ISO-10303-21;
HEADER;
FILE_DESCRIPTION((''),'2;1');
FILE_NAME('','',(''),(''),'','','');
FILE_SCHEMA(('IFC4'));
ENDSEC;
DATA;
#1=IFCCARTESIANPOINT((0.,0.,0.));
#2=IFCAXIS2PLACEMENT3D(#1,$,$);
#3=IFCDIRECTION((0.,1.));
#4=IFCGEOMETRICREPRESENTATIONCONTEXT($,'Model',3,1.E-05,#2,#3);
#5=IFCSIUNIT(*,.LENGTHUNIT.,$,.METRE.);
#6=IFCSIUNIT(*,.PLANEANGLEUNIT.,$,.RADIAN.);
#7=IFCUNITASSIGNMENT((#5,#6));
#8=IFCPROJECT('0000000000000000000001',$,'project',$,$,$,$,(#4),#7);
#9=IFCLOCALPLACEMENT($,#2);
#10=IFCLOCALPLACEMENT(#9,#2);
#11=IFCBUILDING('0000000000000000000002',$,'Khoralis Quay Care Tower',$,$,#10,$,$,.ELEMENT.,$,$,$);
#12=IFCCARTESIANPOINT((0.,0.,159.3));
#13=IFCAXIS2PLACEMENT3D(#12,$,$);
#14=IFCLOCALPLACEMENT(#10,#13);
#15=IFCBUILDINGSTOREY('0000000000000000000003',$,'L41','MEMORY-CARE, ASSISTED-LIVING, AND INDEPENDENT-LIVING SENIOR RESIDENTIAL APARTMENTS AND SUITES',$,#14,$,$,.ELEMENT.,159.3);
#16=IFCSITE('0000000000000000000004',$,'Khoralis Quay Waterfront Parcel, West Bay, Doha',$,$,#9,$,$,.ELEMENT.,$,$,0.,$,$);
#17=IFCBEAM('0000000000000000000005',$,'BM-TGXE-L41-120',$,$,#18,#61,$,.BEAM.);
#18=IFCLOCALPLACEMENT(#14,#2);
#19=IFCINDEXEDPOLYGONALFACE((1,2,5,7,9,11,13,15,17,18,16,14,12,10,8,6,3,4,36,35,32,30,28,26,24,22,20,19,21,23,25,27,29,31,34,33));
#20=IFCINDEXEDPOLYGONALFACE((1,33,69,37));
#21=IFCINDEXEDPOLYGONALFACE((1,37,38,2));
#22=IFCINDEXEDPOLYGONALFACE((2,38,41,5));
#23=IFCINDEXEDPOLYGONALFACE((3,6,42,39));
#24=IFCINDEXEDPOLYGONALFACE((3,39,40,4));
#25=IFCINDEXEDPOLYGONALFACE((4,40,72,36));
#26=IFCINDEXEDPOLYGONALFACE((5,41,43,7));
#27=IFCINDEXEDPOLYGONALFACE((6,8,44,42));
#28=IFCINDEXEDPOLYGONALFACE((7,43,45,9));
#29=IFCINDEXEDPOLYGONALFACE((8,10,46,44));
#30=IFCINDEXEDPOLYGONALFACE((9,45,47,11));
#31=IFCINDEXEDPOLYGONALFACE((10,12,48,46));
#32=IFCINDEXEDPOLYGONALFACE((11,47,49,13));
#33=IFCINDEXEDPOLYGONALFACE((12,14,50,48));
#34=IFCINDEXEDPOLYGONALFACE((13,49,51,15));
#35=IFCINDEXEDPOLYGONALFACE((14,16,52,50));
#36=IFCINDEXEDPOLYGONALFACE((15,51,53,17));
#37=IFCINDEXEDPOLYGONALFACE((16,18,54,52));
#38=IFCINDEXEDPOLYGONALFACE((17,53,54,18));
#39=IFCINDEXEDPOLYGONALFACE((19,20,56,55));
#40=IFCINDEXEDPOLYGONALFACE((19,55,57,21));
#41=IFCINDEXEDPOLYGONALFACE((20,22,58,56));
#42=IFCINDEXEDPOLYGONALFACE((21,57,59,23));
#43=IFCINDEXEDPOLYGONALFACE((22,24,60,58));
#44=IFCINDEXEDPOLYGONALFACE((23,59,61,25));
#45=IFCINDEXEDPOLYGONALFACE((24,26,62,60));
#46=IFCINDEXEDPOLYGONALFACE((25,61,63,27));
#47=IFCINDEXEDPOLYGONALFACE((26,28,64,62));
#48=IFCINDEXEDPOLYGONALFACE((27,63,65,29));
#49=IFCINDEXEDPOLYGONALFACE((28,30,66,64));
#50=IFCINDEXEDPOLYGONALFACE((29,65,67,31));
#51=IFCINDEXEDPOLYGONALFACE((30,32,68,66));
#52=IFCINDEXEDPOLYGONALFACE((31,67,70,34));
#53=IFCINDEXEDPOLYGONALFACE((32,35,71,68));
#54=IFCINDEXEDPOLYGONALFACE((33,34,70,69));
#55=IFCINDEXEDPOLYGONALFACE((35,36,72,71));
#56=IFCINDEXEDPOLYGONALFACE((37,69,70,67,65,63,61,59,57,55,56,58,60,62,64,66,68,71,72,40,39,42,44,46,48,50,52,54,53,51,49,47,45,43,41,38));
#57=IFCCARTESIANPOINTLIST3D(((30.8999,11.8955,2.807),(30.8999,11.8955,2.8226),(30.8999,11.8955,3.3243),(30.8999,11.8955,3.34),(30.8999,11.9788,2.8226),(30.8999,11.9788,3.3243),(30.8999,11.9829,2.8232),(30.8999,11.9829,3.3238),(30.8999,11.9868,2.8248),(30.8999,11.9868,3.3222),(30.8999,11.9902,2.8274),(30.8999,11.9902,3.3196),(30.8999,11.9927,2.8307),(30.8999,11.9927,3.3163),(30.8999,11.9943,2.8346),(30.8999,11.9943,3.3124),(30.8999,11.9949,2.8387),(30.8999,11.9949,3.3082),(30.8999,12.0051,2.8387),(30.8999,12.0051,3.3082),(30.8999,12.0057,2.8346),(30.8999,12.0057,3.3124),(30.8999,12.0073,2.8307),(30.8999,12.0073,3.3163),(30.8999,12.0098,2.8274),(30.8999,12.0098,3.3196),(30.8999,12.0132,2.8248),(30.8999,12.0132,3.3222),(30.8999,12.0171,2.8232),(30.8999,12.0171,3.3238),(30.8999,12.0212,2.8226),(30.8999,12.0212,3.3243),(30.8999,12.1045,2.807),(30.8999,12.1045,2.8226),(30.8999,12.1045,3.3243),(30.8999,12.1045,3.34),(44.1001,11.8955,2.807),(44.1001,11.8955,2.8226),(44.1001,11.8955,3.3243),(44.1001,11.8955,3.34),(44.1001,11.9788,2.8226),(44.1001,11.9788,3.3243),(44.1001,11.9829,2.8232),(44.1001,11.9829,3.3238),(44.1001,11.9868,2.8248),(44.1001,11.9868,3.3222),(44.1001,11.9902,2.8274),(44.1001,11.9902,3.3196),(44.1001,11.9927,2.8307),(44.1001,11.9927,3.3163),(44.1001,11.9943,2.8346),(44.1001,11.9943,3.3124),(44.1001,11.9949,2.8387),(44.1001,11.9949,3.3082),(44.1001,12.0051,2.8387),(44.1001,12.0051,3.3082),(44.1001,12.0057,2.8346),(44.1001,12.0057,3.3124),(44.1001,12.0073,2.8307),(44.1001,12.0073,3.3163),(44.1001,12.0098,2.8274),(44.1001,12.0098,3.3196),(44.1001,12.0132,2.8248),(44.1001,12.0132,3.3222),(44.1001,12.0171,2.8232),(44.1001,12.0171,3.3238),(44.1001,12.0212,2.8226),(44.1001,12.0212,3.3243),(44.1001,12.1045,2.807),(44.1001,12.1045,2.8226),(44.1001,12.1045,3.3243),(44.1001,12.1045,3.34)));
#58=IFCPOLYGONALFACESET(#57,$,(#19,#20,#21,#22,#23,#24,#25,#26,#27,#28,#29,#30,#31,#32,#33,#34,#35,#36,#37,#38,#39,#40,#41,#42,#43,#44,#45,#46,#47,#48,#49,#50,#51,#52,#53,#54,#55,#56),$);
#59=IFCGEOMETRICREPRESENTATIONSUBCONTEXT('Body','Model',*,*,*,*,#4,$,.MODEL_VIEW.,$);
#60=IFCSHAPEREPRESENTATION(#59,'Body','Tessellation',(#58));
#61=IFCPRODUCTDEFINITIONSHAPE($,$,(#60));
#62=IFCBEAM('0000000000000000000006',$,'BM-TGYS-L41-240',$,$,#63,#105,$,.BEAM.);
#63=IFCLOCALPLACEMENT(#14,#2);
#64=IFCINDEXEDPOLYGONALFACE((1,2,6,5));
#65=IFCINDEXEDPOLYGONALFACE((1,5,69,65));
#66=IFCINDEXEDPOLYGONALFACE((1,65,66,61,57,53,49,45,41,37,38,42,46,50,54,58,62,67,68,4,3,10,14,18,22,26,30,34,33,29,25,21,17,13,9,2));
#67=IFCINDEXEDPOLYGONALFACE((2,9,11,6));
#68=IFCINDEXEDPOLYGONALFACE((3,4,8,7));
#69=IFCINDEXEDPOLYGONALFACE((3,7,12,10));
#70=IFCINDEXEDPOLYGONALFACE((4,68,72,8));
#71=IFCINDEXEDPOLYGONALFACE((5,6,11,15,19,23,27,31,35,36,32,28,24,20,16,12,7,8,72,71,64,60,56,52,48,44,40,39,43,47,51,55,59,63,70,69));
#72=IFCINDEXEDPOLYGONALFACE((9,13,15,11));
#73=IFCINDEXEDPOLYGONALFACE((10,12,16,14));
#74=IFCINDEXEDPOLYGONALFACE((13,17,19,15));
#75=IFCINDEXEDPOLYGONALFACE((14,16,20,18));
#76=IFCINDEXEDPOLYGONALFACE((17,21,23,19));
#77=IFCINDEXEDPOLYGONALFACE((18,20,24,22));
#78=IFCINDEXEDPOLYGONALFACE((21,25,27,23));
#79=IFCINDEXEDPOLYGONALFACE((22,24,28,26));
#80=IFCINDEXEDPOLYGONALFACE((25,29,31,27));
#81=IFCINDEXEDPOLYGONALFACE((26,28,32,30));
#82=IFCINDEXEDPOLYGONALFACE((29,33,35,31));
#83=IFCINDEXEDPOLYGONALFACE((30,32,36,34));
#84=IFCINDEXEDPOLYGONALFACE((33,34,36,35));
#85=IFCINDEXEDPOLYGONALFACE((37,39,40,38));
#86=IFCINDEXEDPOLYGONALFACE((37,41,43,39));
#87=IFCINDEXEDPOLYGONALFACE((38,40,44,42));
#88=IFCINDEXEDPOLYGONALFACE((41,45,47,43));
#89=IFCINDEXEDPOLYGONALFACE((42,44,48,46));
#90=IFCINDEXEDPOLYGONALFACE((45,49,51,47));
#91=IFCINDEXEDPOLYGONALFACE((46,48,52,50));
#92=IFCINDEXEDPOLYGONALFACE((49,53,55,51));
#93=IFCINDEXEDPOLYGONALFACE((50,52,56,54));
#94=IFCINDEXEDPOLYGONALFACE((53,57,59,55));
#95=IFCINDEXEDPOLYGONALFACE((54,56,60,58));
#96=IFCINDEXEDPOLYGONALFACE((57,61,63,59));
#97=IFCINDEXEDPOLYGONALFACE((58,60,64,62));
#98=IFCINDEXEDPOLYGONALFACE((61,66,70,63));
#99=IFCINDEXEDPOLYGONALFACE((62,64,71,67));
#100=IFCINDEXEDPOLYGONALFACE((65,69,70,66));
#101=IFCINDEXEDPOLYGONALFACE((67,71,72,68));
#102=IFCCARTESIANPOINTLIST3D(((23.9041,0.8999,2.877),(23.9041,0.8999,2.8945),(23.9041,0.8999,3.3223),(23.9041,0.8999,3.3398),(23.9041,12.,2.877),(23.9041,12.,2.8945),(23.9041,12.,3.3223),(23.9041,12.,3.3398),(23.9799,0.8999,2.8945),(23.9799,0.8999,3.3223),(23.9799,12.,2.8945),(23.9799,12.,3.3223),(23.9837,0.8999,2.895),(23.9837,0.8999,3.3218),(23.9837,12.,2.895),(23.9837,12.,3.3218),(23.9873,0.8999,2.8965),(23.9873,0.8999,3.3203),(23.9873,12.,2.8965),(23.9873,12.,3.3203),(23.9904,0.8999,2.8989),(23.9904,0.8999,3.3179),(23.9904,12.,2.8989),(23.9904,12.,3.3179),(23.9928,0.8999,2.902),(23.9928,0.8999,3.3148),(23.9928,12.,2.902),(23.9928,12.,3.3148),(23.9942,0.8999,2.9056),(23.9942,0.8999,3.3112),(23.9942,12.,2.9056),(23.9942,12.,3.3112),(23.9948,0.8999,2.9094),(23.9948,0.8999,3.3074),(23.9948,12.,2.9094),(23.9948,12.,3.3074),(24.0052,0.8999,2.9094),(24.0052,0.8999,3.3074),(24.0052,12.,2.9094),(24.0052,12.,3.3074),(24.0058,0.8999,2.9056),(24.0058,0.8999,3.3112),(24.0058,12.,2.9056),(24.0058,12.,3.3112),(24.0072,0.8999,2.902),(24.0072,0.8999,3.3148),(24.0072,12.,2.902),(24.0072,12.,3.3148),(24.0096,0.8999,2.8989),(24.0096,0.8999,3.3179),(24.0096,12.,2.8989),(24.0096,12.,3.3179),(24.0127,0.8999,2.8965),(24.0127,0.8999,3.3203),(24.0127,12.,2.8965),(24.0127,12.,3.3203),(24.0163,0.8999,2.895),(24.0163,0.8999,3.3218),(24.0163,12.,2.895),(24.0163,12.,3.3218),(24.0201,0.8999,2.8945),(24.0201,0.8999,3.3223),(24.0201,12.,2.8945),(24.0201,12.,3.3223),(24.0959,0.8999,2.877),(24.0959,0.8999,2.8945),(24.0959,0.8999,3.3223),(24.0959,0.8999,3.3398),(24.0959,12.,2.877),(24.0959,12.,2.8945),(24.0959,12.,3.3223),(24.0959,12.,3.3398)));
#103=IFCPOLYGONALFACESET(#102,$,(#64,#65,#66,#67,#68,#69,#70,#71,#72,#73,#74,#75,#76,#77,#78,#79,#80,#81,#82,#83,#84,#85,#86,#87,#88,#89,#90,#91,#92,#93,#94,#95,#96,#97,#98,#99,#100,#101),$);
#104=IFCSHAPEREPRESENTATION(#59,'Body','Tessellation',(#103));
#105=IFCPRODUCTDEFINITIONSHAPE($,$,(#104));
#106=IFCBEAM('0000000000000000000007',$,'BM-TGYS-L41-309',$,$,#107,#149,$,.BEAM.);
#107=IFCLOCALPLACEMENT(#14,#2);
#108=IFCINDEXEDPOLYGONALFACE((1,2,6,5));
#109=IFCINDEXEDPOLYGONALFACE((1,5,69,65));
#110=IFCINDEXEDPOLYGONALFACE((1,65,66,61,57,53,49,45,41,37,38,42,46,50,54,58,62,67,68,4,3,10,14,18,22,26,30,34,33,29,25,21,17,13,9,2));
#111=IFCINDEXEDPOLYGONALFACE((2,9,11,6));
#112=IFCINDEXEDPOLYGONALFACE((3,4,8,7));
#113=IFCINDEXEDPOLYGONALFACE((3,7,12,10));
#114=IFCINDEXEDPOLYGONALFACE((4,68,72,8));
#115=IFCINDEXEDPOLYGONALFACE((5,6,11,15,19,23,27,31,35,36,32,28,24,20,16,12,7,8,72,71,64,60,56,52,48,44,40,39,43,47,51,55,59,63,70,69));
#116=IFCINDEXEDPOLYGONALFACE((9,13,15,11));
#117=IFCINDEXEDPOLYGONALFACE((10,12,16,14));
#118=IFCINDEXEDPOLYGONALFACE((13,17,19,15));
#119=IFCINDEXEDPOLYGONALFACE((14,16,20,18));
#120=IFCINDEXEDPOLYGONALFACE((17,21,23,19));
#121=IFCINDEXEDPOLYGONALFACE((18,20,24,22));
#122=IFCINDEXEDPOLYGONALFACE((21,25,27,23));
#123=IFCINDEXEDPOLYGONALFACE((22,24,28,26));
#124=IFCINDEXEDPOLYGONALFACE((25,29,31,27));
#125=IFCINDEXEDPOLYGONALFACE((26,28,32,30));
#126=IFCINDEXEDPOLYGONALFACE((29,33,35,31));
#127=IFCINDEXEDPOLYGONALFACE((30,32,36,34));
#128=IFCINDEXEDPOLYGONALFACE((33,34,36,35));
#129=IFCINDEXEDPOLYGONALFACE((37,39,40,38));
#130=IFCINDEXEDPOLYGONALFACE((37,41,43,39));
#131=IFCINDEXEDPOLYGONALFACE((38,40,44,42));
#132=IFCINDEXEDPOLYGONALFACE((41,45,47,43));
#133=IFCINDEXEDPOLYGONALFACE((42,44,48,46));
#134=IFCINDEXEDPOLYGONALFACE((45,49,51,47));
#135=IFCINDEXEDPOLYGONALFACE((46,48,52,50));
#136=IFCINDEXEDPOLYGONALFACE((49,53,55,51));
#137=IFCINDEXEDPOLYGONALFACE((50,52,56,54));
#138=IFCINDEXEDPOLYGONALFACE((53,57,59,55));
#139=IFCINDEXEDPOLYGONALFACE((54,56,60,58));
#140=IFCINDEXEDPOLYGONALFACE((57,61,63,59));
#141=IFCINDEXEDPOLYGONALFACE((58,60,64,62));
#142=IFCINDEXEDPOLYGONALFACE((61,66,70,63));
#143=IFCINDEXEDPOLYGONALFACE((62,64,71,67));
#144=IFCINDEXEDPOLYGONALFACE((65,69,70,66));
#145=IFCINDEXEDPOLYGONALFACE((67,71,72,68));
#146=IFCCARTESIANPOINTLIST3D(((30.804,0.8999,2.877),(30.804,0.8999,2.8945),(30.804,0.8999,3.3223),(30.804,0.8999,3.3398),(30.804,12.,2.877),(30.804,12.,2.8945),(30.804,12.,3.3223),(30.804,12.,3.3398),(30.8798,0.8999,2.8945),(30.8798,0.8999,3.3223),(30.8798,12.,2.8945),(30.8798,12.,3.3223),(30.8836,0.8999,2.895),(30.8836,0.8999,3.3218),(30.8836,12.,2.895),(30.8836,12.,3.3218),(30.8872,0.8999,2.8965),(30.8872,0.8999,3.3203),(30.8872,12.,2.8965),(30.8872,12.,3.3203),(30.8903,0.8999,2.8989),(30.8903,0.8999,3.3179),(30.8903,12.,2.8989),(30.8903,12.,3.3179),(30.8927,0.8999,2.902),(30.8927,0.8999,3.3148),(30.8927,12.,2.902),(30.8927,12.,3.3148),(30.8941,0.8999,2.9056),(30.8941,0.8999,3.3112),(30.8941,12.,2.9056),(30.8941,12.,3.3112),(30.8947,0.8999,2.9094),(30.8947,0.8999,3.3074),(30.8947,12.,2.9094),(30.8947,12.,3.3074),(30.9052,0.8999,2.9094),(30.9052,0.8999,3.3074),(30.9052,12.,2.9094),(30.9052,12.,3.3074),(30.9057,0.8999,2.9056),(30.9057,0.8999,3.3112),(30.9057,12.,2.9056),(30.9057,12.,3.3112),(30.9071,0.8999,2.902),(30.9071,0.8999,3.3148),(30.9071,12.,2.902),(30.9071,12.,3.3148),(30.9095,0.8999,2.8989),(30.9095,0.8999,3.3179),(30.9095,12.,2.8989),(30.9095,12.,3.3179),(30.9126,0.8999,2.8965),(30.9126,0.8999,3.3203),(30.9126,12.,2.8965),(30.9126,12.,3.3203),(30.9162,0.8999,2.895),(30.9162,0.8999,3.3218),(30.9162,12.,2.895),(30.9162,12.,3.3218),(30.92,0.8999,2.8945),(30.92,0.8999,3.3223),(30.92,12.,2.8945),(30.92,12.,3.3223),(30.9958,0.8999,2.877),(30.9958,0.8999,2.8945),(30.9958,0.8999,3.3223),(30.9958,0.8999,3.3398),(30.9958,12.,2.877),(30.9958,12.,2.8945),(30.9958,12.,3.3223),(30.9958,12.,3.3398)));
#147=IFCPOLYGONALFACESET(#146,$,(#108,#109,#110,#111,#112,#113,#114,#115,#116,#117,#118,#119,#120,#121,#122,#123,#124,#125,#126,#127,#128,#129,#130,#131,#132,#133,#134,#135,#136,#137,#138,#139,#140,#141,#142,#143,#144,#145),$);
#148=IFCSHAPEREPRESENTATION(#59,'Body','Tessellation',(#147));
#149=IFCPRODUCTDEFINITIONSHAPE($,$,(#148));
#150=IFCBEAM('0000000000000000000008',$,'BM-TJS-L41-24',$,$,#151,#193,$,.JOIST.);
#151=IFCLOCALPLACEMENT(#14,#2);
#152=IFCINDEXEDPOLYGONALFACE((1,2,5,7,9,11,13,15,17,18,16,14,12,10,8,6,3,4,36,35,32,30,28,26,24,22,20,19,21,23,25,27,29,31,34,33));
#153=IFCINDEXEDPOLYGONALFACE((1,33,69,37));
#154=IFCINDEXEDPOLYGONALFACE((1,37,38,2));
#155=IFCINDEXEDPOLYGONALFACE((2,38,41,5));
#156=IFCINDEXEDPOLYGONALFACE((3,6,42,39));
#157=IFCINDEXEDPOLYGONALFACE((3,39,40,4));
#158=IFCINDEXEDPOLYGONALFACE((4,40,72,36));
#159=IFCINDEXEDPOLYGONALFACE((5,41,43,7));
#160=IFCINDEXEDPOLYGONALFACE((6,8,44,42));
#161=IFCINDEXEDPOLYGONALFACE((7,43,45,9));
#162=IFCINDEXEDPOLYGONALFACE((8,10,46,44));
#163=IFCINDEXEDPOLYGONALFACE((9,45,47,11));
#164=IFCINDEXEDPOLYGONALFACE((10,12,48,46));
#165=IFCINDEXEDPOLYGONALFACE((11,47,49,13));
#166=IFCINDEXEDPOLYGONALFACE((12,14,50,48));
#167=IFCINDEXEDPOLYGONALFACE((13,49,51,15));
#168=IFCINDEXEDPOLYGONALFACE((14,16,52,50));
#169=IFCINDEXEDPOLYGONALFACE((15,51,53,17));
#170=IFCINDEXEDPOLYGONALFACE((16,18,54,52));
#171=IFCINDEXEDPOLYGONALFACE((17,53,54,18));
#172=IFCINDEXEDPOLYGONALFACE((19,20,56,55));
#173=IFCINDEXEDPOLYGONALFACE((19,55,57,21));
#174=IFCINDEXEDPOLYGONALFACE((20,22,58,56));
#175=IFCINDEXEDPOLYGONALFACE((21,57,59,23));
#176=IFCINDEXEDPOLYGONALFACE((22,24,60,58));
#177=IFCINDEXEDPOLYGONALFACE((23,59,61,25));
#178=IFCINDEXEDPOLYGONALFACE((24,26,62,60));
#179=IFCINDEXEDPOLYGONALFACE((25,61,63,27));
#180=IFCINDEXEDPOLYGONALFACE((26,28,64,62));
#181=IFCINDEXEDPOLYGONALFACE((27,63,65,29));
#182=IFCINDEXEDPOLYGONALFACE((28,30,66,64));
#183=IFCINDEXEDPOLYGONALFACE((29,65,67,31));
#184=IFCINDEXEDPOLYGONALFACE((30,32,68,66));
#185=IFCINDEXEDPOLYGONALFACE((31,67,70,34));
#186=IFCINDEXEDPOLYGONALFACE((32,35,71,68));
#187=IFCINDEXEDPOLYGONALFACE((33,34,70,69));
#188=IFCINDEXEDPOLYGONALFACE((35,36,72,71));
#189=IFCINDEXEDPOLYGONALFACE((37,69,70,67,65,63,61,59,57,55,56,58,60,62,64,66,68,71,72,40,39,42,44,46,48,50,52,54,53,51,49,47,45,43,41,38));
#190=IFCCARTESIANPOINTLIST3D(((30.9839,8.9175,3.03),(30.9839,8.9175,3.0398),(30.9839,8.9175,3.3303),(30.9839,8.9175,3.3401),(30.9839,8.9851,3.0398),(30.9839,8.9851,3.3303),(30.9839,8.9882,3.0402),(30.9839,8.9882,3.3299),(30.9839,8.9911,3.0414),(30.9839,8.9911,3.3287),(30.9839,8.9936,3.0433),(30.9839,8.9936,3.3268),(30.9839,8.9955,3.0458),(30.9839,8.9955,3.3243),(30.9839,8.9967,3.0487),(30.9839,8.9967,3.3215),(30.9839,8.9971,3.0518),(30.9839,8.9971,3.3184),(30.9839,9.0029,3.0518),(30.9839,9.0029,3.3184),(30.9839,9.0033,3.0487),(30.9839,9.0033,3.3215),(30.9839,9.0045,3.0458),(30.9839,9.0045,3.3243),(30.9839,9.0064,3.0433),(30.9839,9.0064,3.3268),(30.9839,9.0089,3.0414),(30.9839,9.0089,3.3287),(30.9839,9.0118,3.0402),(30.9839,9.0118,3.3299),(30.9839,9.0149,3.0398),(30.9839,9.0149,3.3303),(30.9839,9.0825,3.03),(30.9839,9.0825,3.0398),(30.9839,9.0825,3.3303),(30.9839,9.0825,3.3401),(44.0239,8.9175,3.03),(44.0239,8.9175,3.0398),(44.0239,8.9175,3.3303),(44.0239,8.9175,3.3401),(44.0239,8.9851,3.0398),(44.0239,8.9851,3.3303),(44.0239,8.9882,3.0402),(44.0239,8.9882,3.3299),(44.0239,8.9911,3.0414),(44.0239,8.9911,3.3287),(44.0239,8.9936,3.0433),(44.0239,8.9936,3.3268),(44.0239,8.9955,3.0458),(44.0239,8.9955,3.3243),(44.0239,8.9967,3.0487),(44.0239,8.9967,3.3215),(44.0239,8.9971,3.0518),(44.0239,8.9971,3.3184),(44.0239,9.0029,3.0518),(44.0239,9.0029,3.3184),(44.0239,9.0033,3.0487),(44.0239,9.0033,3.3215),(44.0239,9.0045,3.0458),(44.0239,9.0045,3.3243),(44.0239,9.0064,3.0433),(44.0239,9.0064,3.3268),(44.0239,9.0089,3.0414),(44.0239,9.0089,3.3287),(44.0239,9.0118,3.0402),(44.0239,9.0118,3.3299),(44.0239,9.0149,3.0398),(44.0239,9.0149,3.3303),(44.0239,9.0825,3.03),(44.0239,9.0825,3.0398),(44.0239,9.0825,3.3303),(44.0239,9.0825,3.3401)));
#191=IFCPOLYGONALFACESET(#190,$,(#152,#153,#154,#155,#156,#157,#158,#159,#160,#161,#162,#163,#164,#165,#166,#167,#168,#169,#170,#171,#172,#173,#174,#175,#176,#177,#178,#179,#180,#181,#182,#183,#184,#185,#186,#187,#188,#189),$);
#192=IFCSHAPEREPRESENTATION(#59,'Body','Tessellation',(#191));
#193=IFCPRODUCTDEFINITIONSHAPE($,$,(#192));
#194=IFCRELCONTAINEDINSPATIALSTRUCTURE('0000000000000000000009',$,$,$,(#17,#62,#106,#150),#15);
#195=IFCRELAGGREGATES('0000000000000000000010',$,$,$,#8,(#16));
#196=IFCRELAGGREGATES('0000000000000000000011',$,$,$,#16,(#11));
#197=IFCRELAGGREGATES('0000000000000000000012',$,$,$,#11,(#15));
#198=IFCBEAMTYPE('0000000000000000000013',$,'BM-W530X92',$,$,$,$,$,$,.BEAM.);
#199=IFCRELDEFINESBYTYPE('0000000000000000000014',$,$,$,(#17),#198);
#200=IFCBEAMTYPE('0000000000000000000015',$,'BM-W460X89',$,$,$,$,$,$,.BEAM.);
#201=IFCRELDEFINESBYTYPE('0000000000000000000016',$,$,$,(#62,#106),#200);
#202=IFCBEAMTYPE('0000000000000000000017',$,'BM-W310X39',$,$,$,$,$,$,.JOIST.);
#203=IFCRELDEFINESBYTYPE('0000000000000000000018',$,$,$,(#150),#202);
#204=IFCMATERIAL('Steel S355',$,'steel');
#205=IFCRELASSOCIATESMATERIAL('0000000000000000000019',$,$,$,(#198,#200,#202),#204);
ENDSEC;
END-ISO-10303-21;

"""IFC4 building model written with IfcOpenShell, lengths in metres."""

from ifc_helpers import new_model, si_unit, direction, frame, origin, origin_2d, place, context, subcontext, project, spatial, i_section, extrude, source, transform, mapped, material, material_profile, profile_set, type_object, element, save


model = new_model("IFC4")

# Units and contexts
model_context = context("Model", 3, precision=1e-05, world=origin(), true_north=direction((0.0, 1.0)))
body_context = subcontext(model_context, "Body", "Model", "MODEL_VIEW")
ifc_project = project(units=[si_unit("LENGTHUNIT", "METRE"), si_unit("PLANEANGLEUNIT", "RADIAN")], contexts=[model_context])

# Site, building, storey
site_placement = place(None, origin())
site = spatial("IfcSite", under=ifc_project, at=site_placement, Name="Khoralis Quay Waterfront Parcel, West Bay, Doha", CompositionType="ELEMENT", RefElevation=0.0)
building_placement = place(site_placement, origin())
building = spatial("IfcBuilding", under=site, at=building_placement, Name="Khoralis Quay Care Tower", CompositionType="ELEMENT")
storey_placement = place(building_placement, frame((0.0, 0.0, 159.3)))
storey = spatial("IfcBuildingStorey", under=building, at=storey_placement, Name="L41", Description="MEMORY-CARE, ASSISTED-LIVING, AND INDEPENDENT-LIVING SENIOR RESIDENTIAL APARTMENTS AND SUITES", CompositionType="ELEMENT", Elevation=159.3)

# Beams
ifc_material_1 = material(Name="Steel S355", Category="steel")
ifc_material_profile_1 = material_profile(ifc_material_1, i_section(OverallWidth=0.209, OverallDepth=0.533, WebThickness=0.0103, FlangeThickness=0.0156, FilletRadius=0.0161, at=origin_2d()), Name="Steel S355")
ifc_profile_set_1 = profile_set([ifc_material_profile_1], Name="Steel S355")
beam_type_1 = type_object("IfcBeamType", Name="BM-W530X92", PredefinedType="BEAM", material=ifc_profile_set_1)
shared_shape_1 = source(origin(), body_context, "Body", "SweptSolid", [
    extrude(i_section(OverallWidth=0.209, OverallDepth=0.533, WebThickness=0.0103, FlangeThickness=0.0156, FilletRadius=0.0161, at=origin_2d()), origin(), (0.0, 0.0, 1.0), 13.2002),
])
beam_1_placement = place(storey_placement, frame((30.8999, 12.0, 3.0735), z_axis=(1.0, 0.0, 0.0), x_axis=(0.0, 1.0, 0.0)))
element("IfcBeam", 1, at=beam_1_placement, inside=storey, type_object=beam_type_1, Name="BM-TGXE-L41-120", PredefinedType="BEAM", context=body_context, shape_type="MappedRepresentation", body=[
    mapped(shared_shape_1, transform((0.0, 0.0, 0.0), scale=1.0)),
])
ifc_material_profile_2 = material_profile(ifc_material_1, i_section(OverallWidth=0.1919, OverallDepth=0.4629, WebThickness=0.0105, FlangeThickness=0.0176, FilletRadius=0.0149, at=origin_2d()), Name="Steel S355")
ifc_profile_set_2 = profile_set([ifc_material_profile_2], Name="Steel S355")
beam_type_2 = type_object("IfcBeamType", Name="BM-W460X89", PredefinedType="BEAM", material=ifc_profile_set_2)
shared_shape_2 = source(origin(), body_context, "Body", "SweptSolid", [
    extrude(i_section(OverallWidth=0.1919, OverallDepth=0.4629, WebThickness=0.0105, FlangeThickness=0.0176, FilletRadius=0.0149, at=origin_2d()), origin(), (0.0, 0.0, 1.0), 11.1001),
])
for number, where, z_axis, x_axis, name in (
    (2, (24.0, 0.8999, 3.1084), (0.0, 1.0, 0.0), (-1.0, 0.0, 0.0), "BM-TGYS-L41-240"),
    (3, (30.8999, 0.8999, 3.1084), (0.0, 1.0, 0.0), (-1.0, 0.0, 0.0), "BM-TGYS-L41-309"),
):
    element("IfcBeam", number, at=place(storey_placement, frame(where, z_axis=z_axis, x_axis=x_axis)), inside=storey, type_object=beam_type_2, Name=name, PredefinedType="BEAM", context=body_context, shape_type="MappedRepresentation", body=[
        mapped(shared_shape_2, transform((0.0, 0.0, 0.0), scale=1.0)),
    ])
ifc_material_profile_3 = material_profile(ifc_material_1, i_section(OverallWidth=0.165, OverallDepth=0.3101, WebThickness=0.0059, FlangeThickness=0.0098, FilletRadius=0.012, at=origin_2d()), Name="Steel S355")
ifc_profile_set_3 = profile_set([ifc_material_profile_3], Name="Steel S355")
beam_type_3 = type_object("IfcBeamType", Name="BM-W310X39", PredefinedType="JOIST", material=ifc_profile_set_3)
shared_shape_3 = source(origin(), body_context, "Body", "SweptSolid", [
    extrude(i_section(OverallWidth=0.165, OverallDepth=0.3101, WebThickness=0.0059, FlangeThickness=0.0098, FilletRadius=0.012, at=origin_2d()), origin(), (0.0, 0.0, 1.0), 13.04),
])
beam_2_placement = place(storey_placement, frame((30.9839, 9.0, 3.1851), z_axis=(1.0, 0.0, 0.0), x_axis=(0.0, 1.0, 0.0)))
element("IfcBeam", 4, at=beam_2_placement, inside=storey, type_object=beam_type_3, Name="BM-TJS-L41-24", PredefinedType="JOIST", context=body_context, shape_type="MappedRepresentation", body=[
    mapped(shared_shape_3, transform((0.0, 0.0, 0.0), scale=1.0)),
])

save(model, "model.ifc")
